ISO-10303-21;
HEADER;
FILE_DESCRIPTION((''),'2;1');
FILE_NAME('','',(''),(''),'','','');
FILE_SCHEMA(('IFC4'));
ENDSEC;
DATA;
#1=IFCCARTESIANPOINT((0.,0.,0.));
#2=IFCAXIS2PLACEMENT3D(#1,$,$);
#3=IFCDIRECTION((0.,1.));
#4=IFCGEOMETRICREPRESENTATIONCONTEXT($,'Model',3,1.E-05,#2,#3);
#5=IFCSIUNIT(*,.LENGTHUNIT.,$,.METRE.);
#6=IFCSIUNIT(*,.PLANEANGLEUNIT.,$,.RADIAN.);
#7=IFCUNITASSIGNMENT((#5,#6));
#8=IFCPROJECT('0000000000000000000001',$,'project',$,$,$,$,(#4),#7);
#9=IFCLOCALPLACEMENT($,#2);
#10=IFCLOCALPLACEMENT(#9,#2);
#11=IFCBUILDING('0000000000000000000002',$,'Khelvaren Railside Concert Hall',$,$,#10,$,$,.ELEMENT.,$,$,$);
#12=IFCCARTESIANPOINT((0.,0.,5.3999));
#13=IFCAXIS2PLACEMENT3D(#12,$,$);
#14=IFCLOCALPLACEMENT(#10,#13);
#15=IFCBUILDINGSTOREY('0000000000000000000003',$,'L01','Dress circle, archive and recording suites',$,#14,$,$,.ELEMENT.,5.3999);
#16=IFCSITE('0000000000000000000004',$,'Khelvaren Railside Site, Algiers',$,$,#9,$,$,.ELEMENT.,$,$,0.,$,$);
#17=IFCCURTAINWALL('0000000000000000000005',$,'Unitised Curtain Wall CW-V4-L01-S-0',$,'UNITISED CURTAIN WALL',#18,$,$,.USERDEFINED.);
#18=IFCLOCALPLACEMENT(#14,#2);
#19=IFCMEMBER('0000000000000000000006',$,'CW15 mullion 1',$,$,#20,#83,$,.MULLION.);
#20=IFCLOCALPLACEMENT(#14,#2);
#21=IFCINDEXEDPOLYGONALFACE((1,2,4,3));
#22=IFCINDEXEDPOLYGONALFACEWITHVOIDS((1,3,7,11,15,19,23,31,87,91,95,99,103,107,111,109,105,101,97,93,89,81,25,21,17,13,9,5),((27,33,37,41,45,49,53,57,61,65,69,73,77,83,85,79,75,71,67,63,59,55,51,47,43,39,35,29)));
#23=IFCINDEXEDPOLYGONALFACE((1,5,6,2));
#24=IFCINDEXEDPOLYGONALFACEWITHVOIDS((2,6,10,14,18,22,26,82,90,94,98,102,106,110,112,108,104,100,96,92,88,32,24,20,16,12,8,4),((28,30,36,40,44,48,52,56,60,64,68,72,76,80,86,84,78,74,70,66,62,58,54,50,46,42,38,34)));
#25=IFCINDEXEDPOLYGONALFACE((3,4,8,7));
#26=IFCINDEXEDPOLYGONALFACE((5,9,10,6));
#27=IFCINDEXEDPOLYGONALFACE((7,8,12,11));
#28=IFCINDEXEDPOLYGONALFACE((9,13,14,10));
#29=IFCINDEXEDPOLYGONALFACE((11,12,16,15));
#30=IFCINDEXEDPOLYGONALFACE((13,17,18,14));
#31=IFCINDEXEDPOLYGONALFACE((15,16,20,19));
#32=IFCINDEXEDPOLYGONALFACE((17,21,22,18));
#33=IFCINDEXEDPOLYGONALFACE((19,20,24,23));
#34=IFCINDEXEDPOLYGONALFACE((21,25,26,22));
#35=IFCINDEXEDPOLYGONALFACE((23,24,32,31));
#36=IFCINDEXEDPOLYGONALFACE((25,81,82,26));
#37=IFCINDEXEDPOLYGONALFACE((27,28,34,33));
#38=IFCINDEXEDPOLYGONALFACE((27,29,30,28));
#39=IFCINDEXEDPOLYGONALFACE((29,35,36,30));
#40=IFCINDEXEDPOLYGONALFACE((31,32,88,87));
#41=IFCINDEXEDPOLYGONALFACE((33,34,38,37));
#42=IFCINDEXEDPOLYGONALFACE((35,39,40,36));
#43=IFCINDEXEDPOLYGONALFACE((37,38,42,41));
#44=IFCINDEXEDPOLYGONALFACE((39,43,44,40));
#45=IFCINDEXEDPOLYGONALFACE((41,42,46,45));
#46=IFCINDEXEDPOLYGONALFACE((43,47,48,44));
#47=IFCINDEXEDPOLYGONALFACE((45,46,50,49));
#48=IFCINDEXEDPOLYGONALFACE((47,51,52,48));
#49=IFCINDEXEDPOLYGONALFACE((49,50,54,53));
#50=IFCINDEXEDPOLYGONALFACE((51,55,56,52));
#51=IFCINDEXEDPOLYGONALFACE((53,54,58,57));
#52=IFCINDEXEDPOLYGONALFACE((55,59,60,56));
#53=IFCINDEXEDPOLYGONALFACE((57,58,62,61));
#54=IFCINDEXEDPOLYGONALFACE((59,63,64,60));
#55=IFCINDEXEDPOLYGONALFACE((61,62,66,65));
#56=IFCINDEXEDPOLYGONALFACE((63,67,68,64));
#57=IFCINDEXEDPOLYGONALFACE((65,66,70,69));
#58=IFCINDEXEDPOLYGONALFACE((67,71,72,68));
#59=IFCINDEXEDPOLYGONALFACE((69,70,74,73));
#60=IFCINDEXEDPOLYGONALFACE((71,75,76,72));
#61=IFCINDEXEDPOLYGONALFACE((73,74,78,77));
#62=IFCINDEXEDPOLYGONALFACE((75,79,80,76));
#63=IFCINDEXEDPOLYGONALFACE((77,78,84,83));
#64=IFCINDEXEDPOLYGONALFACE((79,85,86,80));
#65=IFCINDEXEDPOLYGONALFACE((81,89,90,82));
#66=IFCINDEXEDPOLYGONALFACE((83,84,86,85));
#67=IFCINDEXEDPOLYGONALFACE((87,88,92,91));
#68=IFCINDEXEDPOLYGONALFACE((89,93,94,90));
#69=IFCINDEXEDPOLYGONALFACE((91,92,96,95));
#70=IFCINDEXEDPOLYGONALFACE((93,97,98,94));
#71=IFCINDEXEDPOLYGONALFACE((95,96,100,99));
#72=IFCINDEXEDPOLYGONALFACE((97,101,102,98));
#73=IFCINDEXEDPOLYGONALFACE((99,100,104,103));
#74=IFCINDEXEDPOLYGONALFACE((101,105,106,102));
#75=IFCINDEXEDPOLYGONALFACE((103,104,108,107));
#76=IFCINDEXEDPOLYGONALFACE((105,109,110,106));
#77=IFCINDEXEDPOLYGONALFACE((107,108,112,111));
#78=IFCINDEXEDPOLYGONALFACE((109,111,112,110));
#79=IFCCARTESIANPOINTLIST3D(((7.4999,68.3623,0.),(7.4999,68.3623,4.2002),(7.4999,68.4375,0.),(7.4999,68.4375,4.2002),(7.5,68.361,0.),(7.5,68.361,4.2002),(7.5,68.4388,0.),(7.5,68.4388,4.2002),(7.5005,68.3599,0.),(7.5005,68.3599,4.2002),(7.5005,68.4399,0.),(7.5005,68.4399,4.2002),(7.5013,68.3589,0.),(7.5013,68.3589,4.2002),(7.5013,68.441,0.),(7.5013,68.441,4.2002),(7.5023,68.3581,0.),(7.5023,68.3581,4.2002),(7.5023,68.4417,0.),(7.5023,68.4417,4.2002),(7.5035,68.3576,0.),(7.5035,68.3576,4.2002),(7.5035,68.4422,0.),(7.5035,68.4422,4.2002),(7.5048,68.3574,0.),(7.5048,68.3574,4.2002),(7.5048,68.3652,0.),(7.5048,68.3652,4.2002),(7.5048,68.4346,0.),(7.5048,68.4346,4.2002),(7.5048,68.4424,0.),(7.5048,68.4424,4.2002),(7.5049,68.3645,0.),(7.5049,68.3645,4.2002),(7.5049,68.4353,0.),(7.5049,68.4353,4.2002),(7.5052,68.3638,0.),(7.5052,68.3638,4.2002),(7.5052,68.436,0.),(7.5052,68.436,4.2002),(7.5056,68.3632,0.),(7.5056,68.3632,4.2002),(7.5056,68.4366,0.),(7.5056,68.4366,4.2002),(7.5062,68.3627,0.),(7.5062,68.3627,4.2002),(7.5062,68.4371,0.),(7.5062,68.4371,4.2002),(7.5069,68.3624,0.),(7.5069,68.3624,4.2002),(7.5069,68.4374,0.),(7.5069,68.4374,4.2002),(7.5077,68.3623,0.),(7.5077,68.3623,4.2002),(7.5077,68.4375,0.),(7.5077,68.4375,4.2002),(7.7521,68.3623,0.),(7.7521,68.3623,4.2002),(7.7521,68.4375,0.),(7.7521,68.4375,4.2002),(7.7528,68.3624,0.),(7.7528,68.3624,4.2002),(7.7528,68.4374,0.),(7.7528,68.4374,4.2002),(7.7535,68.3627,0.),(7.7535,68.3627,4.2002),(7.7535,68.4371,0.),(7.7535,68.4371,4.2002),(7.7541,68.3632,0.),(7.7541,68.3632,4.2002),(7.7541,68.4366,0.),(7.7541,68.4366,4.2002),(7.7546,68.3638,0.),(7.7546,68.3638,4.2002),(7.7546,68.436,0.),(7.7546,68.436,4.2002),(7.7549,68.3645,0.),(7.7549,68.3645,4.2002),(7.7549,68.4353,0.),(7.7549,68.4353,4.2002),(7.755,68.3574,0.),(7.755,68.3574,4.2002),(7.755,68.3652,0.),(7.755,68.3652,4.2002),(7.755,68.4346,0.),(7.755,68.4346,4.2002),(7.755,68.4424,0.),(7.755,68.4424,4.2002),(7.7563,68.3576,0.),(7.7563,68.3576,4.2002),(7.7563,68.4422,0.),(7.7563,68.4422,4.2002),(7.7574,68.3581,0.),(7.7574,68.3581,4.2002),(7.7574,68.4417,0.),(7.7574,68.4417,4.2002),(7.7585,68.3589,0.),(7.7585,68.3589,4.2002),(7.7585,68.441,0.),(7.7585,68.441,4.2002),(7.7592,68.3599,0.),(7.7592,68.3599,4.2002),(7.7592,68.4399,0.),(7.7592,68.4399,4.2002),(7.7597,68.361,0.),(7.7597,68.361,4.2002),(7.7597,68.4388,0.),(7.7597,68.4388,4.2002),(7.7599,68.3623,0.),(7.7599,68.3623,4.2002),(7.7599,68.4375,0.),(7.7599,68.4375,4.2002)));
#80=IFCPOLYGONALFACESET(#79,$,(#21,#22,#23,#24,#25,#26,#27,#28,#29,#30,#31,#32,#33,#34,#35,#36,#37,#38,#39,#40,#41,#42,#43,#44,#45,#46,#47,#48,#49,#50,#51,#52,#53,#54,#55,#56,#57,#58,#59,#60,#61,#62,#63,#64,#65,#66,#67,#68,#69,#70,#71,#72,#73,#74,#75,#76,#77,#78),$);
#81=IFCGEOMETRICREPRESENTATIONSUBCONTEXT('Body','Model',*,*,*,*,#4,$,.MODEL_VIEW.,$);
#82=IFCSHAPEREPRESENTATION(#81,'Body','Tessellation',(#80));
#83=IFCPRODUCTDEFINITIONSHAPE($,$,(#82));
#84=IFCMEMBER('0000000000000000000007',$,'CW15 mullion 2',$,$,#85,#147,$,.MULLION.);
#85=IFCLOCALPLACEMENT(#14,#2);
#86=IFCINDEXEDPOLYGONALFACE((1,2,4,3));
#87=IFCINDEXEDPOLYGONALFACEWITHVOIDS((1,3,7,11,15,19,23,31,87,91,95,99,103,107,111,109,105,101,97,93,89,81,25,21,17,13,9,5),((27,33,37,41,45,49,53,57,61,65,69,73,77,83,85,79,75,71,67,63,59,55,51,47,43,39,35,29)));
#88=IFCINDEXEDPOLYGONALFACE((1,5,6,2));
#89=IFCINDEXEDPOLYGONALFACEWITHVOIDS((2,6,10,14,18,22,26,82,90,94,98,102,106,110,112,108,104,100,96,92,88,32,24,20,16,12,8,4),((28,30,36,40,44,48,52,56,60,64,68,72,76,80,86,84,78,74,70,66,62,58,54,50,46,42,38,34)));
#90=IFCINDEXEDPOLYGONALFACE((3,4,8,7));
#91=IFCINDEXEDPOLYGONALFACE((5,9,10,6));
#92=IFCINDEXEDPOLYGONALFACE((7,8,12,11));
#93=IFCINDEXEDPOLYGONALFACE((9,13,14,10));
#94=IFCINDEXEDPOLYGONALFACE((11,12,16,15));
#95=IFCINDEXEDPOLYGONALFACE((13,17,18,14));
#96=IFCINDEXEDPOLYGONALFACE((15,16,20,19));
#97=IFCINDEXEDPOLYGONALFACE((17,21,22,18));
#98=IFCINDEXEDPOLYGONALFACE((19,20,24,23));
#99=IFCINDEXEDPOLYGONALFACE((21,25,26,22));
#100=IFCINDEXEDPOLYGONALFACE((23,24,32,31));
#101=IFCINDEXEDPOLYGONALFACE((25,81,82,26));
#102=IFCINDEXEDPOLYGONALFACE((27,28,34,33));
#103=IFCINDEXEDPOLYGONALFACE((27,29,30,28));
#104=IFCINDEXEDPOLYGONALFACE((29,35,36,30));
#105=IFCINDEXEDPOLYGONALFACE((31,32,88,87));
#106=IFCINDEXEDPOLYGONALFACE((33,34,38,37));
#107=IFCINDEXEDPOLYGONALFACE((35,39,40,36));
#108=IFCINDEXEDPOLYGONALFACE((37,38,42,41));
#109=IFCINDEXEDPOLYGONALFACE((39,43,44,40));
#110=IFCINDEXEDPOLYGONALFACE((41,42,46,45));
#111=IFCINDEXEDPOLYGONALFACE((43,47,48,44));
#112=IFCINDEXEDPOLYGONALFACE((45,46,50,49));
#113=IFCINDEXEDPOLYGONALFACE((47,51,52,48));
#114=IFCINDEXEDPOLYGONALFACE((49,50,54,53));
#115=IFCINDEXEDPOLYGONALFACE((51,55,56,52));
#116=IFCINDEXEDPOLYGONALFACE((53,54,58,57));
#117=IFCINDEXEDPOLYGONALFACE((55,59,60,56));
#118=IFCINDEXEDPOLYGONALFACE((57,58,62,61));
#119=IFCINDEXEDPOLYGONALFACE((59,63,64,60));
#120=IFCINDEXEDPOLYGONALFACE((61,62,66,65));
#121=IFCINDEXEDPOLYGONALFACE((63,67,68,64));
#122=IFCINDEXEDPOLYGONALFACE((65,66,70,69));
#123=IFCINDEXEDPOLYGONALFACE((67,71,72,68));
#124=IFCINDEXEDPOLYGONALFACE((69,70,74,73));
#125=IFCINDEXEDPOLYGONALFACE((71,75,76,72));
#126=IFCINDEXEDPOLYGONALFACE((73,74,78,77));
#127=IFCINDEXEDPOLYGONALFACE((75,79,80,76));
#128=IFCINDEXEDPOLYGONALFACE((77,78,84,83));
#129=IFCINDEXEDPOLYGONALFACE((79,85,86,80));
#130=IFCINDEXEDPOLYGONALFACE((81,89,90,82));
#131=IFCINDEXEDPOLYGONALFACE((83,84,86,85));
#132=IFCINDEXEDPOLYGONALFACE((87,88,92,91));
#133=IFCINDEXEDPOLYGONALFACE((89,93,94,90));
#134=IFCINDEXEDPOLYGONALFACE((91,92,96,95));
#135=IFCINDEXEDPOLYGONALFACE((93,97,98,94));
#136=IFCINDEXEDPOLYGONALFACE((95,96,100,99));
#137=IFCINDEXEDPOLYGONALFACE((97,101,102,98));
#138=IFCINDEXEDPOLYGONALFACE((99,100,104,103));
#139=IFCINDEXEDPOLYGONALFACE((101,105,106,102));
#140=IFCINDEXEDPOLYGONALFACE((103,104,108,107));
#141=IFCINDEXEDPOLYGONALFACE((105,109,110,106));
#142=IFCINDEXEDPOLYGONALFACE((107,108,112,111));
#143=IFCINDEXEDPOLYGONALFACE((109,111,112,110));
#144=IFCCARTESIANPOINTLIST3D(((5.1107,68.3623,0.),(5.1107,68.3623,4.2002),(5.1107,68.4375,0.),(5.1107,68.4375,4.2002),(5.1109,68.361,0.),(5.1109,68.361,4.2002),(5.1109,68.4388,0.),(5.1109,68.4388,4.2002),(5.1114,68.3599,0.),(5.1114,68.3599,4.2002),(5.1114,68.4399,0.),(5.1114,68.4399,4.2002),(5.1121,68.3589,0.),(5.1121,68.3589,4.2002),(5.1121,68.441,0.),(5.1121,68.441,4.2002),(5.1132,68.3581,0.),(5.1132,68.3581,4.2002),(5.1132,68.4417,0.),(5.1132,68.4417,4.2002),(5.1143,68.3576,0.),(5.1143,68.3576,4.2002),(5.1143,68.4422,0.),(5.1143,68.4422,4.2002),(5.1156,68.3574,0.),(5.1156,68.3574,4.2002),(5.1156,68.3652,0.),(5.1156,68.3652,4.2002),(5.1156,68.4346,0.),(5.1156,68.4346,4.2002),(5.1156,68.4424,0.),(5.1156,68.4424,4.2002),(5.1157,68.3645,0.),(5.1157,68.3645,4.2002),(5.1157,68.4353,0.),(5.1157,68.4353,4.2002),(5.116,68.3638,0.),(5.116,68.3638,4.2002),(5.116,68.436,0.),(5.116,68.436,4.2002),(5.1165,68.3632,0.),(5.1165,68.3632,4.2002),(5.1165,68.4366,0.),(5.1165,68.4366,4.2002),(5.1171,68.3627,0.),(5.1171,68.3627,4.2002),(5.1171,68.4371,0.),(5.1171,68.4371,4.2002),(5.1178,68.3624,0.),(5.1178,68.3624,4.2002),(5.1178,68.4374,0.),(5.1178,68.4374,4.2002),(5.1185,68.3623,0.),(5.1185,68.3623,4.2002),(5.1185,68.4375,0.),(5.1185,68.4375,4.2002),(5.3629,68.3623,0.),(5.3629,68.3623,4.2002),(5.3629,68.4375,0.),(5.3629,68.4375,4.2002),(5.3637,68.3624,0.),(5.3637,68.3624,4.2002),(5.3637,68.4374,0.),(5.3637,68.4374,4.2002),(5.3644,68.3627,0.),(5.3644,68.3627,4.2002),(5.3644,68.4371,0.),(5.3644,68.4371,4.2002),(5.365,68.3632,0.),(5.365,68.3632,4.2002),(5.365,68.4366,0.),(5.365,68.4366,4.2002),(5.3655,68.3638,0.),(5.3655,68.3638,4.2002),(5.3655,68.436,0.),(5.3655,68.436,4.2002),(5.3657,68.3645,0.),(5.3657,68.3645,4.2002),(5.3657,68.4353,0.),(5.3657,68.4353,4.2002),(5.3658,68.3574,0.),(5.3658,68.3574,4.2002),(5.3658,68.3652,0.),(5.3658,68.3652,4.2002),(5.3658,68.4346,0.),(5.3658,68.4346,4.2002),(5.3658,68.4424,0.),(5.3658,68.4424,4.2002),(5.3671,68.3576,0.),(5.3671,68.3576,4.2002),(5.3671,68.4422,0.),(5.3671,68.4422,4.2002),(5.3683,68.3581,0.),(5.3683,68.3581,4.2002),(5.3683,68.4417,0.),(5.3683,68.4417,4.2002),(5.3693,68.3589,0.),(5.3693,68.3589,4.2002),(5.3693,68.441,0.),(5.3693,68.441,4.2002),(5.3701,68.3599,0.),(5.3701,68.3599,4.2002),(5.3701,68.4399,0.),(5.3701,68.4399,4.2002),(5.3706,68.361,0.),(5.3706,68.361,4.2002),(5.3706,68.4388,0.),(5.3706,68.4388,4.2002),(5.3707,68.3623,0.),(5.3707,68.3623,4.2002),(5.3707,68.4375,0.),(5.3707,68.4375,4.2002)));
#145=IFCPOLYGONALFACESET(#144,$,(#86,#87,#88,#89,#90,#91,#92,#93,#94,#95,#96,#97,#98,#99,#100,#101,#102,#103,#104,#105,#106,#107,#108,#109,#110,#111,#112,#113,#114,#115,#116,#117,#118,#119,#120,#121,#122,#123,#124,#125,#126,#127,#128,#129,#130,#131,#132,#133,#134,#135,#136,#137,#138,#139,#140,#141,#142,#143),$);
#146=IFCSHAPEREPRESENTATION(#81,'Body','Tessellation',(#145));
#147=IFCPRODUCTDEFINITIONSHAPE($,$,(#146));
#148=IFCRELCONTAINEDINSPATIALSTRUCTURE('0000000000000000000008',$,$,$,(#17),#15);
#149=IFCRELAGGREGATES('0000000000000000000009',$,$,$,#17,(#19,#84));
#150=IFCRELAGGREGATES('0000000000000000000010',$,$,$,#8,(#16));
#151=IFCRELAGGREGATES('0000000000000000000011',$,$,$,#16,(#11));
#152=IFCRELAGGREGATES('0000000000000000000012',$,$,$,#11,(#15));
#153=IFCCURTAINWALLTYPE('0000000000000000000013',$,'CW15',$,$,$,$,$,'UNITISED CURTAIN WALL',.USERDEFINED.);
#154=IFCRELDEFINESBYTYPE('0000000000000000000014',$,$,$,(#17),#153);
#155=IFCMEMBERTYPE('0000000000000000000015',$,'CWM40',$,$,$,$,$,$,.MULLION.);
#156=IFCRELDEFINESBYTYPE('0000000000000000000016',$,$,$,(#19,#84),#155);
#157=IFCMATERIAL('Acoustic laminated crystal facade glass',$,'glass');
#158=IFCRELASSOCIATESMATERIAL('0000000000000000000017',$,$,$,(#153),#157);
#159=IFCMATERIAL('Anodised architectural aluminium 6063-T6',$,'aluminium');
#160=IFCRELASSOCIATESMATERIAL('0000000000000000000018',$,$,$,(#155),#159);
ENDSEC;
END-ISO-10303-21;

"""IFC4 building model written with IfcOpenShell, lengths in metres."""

from ifc_helpers import new_model, si_unit, direction, frame, origin, origin_2d, place, context, subcontext, project, spatial, hollow_rectangle, extrude, material, material_profile, profile_set, type_object, element, aggregate, save


model = new_model("IFC4")

# Units and contexts
model_context = context("Model", 3, precision=1e-05, world=origin(), true_north=direction((0.0, 1.0)))
body_context = subcontext(model_context, "Body", "Model", "MODEL_VIEW")
ifc_project = project(units=[si_unit("LENGTHUNIT", "METRE"), si_unit("PLANEANGLEUNIT", "RADIAN")], contexts=[model_context])

# Site, building, storey
site_placement = place(None, origin())
site = spatial("IfcSite", under=ifc_project, at=site_placement, Name="Khelvaren Railside Site, Algiers", CompositionType="ELEMENT", RefElevation=0.0)
building_placement = place(site_placement, origin())
building = spatial("IfcBuilding", under=site, at=building_placement, Name="Khelvaren Railside Concert Hall", CompositionType="ELEMENT")
storey_placement = place(building_placement, frame((0.0, 0.0, 5.3999)))
storey = spatial("IfcBuildingStorey", under=building, at=storey_placement, Name="L01", Description="Dress circle, archive and recording suites", CompositionType="ELEMENT", Elevation=5.3999)

# Curtain wall, members
ifc_material_1 = material(Name="Acoustic laminated crystal facade glass", Category="glass")
curtain_wall_type = type_object("IfcCurtainWallType", Name="CW15", ElementType="UNITISED CURTAIN WALL", PredefinedType="USERDEFINED", material=ifc_material_1)
curtain_wall_placement = place(storey_placement, origin())
curtain_wall = element("IfcCurtainWall", 1, at=curtain_wall_placement, inside=storey, type_object=curtain_wall_type, Name="Unitised Curtain Wall CW-V4-L01-S-0", ObjectType="UNITISED CURTAIN WALL", PredefinedType="USERDEFINED")
ifc_material_2 = material(Name="Anodised architectural aluminium 6063-T6", Category="aluminium")
ifc_material_profile_1 = material_profile(ifc_material_2, hollow_rectangle(XDim=0.085, YDim=0.26, WallThickness=0.0049, InnerFilletRadius=0.0029, OuterFilletRadius=0.0049, at=origin_2d()), Name="CWM 85x260x5")
ifc_profile_set_1 = profile_set([ifc_material_profile_1], Name="Anodised architectural aluminium 6063-T6")
member_type_1 = type_object("IfcMemberType", Name="CWM40", PredefinedType="MULLION", material=ifc_profile_set_1)
member_1_placement = place(storey_placement, frame((7.6299, 68.3999, 0.0), z_axis=(0.0, 0.0, 1.0), x_axis=(0.0, -1.0, 0.0)))
member_1 = element("IfcMember", 2, at=member_1_placement, type_object=member_type_1, Name="CW15 mullion 1", PredefinedType="MULLION", context=body_context, shape_type="SweptSolid", body=[
    extrude(hollow_rectangle(XDim=0.085, YDim=0.26, WallThickness=0.0049, InnerFilletRadius=0.0029, OuterFilletRadius=0.0049, at=origin_2d()), origin(), (0.0, 0.0, 1.0), 4.2002),
])
member_2_placement = place(storey_placement, frame((5.2407, 68.3999, 0.0), z_axis=(0.0, 0.0, 1.0), x_axis=(0.0, -1.0, 0.0)))
member_2 = element("IfcMember", 3, at=member_2_placement, type_object=member_type_1, Name="CW15 mullion 2", PredefinedType="MULLION", context=body_context, shape_type="SweptSolid", body=[
    extrude(hollow_rectangle(XDim=0.085, YDim=0.26, WallThickness=0.0049, InnerFilletRadius=0.0029, OuterFilletRadius=0.0049, at=origin_2d()), origin(), (0.0, 0.0, 1.0), 4.2002),
])

aggregate(curtain_wall, [member_1, member_2])

save(model, "model.ifc")
